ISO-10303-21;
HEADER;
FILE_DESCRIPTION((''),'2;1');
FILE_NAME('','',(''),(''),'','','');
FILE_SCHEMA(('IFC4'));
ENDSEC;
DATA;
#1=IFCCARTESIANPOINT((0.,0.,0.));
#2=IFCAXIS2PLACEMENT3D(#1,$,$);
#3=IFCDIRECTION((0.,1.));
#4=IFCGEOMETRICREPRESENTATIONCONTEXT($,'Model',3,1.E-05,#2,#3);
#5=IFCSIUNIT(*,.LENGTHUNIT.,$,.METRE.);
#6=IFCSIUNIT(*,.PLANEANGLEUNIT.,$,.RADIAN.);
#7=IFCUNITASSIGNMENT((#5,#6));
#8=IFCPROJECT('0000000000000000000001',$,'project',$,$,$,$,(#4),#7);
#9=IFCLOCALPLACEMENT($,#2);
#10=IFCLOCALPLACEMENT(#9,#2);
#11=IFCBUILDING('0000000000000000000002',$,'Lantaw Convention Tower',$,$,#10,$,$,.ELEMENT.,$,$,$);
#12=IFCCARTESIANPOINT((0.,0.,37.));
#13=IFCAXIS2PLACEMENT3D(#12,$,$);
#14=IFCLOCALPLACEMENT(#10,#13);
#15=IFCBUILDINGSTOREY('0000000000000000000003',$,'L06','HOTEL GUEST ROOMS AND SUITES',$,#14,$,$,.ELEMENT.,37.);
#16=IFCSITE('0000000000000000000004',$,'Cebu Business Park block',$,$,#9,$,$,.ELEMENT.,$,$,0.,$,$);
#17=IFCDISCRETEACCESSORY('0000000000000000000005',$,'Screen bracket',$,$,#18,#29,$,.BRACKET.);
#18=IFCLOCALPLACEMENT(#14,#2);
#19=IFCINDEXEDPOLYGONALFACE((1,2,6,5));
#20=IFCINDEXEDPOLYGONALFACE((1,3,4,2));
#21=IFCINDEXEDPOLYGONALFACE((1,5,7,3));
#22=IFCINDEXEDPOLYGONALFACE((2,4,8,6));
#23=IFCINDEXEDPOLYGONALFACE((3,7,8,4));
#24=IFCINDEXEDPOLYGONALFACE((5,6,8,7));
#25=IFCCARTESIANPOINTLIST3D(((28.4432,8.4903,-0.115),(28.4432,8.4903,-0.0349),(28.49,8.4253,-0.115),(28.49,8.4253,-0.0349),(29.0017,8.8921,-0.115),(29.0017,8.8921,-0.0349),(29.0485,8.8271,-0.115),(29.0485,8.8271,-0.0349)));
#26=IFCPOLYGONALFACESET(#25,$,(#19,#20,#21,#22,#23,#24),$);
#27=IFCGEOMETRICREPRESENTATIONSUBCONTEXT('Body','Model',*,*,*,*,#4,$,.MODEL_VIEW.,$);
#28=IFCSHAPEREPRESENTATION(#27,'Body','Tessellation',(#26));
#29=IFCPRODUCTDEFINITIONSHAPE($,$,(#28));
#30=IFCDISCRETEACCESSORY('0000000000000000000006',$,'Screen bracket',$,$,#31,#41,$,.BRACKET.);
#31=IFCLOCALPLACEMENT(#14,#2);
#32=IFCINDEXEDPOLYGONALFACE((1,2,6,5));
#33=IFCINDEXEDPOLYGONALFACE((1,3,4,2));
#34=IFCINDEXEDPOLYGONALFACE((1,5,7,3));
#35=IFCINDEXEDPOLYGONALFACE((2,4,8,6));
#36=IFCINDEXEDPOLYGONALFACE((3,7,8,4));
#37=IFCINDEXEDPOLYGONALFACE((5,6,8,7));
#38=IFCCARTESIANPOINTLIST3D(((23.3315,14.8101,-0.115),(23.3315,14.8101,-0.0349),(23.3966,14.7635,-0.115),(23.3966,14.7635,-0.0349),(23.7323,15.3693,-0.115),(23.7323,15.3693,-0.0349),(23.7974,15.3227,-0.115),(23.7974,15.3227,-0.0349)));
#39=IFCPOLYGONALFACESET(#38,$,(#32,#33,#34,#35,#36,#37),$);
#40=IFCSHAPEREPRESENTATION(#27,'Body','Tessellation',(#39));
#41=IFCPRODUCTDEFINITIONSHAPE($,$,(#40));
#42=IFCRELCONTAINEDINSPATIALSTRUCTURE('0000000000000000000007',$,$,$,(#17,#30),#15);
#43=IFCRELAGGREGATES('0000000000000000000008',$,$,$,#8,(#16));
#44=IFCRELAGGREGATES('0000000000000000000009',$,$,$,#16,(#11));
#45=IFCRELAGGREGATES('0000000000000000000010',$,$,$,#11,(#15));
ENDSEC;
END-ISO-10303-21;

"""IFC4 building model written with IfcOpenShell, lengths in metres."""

from ifc_helpers import new_model, si_unit, direction, frame, origin, origin_2d, place, context, subcontext, project, spatial, rectangle, extrude, element, save


model = new_model("IFC4")

# Units and contexts
model_context = context("Model", 3, precision=1e-05, world=origin(), true_north=direction((0.0, 1.0)))
body_context = subcontext(model_context, "Body", "Model", "MODEL_VIEW")
ifc_project = project(units=[si_unit("LENGTHUNIT", "METRE"), si_unit("PLANEANGLEUNIT", "RADIAN")], contexts=[model_context])

# Site, building, storey
site_placement = place(None, origin())
site = spatial("IfcSite", under=ifc_project, at=site_placement, Name="Cebu Business Park block", CompositionType="ELEMENT", RefElevation=0.0)
building_placement = place(site_placement, origin())
building = spatial("IfcBuilding", under=site, at=building_placement, Name="Lantaw Convention Tower", CompositionType="ELEMENT")
storey_placement = place(building_placement, frame((0.0, 0.0, 37.0)))
storey = spatial("IfcBuildingStorey", under=building, at=storey_placement, Name="L06", Description="HOTEL GUEST ROOMS AND SUITES", CompositionType="ELEMENT", Elevation=37.0)

# Discrete accessories
for number, where, z_axis, x_axis, name in (
    (1, (28.7458, 8.6587, -0.115), (0.0, 0.0, 1.0), (-0.583951, 0.811789, 0.0), "Screen bracket"),
    (2, (23.5645, 15.0664, -0.115), (0.0, 0.0, 1.0), (-0.812804, 0.582538, 0.0), "Screen bracket"),
):
    element("IfcDiscreteAccessory", number, at=place(storey_placement, frame(where, z_axis=z_axis, x_axis=x_axis)), inside=storey, Name=name, PredefinedType="BRACKET", context=body_context, shape_type="SweptSolid", body=[
        extrude(rectangle(XDim=0.0801, YDim=0.688, at=origin_2d()), origin(), (0.0, 0.0, 1.0), 0.0801),
    ])

save(model, "model.ifc")
